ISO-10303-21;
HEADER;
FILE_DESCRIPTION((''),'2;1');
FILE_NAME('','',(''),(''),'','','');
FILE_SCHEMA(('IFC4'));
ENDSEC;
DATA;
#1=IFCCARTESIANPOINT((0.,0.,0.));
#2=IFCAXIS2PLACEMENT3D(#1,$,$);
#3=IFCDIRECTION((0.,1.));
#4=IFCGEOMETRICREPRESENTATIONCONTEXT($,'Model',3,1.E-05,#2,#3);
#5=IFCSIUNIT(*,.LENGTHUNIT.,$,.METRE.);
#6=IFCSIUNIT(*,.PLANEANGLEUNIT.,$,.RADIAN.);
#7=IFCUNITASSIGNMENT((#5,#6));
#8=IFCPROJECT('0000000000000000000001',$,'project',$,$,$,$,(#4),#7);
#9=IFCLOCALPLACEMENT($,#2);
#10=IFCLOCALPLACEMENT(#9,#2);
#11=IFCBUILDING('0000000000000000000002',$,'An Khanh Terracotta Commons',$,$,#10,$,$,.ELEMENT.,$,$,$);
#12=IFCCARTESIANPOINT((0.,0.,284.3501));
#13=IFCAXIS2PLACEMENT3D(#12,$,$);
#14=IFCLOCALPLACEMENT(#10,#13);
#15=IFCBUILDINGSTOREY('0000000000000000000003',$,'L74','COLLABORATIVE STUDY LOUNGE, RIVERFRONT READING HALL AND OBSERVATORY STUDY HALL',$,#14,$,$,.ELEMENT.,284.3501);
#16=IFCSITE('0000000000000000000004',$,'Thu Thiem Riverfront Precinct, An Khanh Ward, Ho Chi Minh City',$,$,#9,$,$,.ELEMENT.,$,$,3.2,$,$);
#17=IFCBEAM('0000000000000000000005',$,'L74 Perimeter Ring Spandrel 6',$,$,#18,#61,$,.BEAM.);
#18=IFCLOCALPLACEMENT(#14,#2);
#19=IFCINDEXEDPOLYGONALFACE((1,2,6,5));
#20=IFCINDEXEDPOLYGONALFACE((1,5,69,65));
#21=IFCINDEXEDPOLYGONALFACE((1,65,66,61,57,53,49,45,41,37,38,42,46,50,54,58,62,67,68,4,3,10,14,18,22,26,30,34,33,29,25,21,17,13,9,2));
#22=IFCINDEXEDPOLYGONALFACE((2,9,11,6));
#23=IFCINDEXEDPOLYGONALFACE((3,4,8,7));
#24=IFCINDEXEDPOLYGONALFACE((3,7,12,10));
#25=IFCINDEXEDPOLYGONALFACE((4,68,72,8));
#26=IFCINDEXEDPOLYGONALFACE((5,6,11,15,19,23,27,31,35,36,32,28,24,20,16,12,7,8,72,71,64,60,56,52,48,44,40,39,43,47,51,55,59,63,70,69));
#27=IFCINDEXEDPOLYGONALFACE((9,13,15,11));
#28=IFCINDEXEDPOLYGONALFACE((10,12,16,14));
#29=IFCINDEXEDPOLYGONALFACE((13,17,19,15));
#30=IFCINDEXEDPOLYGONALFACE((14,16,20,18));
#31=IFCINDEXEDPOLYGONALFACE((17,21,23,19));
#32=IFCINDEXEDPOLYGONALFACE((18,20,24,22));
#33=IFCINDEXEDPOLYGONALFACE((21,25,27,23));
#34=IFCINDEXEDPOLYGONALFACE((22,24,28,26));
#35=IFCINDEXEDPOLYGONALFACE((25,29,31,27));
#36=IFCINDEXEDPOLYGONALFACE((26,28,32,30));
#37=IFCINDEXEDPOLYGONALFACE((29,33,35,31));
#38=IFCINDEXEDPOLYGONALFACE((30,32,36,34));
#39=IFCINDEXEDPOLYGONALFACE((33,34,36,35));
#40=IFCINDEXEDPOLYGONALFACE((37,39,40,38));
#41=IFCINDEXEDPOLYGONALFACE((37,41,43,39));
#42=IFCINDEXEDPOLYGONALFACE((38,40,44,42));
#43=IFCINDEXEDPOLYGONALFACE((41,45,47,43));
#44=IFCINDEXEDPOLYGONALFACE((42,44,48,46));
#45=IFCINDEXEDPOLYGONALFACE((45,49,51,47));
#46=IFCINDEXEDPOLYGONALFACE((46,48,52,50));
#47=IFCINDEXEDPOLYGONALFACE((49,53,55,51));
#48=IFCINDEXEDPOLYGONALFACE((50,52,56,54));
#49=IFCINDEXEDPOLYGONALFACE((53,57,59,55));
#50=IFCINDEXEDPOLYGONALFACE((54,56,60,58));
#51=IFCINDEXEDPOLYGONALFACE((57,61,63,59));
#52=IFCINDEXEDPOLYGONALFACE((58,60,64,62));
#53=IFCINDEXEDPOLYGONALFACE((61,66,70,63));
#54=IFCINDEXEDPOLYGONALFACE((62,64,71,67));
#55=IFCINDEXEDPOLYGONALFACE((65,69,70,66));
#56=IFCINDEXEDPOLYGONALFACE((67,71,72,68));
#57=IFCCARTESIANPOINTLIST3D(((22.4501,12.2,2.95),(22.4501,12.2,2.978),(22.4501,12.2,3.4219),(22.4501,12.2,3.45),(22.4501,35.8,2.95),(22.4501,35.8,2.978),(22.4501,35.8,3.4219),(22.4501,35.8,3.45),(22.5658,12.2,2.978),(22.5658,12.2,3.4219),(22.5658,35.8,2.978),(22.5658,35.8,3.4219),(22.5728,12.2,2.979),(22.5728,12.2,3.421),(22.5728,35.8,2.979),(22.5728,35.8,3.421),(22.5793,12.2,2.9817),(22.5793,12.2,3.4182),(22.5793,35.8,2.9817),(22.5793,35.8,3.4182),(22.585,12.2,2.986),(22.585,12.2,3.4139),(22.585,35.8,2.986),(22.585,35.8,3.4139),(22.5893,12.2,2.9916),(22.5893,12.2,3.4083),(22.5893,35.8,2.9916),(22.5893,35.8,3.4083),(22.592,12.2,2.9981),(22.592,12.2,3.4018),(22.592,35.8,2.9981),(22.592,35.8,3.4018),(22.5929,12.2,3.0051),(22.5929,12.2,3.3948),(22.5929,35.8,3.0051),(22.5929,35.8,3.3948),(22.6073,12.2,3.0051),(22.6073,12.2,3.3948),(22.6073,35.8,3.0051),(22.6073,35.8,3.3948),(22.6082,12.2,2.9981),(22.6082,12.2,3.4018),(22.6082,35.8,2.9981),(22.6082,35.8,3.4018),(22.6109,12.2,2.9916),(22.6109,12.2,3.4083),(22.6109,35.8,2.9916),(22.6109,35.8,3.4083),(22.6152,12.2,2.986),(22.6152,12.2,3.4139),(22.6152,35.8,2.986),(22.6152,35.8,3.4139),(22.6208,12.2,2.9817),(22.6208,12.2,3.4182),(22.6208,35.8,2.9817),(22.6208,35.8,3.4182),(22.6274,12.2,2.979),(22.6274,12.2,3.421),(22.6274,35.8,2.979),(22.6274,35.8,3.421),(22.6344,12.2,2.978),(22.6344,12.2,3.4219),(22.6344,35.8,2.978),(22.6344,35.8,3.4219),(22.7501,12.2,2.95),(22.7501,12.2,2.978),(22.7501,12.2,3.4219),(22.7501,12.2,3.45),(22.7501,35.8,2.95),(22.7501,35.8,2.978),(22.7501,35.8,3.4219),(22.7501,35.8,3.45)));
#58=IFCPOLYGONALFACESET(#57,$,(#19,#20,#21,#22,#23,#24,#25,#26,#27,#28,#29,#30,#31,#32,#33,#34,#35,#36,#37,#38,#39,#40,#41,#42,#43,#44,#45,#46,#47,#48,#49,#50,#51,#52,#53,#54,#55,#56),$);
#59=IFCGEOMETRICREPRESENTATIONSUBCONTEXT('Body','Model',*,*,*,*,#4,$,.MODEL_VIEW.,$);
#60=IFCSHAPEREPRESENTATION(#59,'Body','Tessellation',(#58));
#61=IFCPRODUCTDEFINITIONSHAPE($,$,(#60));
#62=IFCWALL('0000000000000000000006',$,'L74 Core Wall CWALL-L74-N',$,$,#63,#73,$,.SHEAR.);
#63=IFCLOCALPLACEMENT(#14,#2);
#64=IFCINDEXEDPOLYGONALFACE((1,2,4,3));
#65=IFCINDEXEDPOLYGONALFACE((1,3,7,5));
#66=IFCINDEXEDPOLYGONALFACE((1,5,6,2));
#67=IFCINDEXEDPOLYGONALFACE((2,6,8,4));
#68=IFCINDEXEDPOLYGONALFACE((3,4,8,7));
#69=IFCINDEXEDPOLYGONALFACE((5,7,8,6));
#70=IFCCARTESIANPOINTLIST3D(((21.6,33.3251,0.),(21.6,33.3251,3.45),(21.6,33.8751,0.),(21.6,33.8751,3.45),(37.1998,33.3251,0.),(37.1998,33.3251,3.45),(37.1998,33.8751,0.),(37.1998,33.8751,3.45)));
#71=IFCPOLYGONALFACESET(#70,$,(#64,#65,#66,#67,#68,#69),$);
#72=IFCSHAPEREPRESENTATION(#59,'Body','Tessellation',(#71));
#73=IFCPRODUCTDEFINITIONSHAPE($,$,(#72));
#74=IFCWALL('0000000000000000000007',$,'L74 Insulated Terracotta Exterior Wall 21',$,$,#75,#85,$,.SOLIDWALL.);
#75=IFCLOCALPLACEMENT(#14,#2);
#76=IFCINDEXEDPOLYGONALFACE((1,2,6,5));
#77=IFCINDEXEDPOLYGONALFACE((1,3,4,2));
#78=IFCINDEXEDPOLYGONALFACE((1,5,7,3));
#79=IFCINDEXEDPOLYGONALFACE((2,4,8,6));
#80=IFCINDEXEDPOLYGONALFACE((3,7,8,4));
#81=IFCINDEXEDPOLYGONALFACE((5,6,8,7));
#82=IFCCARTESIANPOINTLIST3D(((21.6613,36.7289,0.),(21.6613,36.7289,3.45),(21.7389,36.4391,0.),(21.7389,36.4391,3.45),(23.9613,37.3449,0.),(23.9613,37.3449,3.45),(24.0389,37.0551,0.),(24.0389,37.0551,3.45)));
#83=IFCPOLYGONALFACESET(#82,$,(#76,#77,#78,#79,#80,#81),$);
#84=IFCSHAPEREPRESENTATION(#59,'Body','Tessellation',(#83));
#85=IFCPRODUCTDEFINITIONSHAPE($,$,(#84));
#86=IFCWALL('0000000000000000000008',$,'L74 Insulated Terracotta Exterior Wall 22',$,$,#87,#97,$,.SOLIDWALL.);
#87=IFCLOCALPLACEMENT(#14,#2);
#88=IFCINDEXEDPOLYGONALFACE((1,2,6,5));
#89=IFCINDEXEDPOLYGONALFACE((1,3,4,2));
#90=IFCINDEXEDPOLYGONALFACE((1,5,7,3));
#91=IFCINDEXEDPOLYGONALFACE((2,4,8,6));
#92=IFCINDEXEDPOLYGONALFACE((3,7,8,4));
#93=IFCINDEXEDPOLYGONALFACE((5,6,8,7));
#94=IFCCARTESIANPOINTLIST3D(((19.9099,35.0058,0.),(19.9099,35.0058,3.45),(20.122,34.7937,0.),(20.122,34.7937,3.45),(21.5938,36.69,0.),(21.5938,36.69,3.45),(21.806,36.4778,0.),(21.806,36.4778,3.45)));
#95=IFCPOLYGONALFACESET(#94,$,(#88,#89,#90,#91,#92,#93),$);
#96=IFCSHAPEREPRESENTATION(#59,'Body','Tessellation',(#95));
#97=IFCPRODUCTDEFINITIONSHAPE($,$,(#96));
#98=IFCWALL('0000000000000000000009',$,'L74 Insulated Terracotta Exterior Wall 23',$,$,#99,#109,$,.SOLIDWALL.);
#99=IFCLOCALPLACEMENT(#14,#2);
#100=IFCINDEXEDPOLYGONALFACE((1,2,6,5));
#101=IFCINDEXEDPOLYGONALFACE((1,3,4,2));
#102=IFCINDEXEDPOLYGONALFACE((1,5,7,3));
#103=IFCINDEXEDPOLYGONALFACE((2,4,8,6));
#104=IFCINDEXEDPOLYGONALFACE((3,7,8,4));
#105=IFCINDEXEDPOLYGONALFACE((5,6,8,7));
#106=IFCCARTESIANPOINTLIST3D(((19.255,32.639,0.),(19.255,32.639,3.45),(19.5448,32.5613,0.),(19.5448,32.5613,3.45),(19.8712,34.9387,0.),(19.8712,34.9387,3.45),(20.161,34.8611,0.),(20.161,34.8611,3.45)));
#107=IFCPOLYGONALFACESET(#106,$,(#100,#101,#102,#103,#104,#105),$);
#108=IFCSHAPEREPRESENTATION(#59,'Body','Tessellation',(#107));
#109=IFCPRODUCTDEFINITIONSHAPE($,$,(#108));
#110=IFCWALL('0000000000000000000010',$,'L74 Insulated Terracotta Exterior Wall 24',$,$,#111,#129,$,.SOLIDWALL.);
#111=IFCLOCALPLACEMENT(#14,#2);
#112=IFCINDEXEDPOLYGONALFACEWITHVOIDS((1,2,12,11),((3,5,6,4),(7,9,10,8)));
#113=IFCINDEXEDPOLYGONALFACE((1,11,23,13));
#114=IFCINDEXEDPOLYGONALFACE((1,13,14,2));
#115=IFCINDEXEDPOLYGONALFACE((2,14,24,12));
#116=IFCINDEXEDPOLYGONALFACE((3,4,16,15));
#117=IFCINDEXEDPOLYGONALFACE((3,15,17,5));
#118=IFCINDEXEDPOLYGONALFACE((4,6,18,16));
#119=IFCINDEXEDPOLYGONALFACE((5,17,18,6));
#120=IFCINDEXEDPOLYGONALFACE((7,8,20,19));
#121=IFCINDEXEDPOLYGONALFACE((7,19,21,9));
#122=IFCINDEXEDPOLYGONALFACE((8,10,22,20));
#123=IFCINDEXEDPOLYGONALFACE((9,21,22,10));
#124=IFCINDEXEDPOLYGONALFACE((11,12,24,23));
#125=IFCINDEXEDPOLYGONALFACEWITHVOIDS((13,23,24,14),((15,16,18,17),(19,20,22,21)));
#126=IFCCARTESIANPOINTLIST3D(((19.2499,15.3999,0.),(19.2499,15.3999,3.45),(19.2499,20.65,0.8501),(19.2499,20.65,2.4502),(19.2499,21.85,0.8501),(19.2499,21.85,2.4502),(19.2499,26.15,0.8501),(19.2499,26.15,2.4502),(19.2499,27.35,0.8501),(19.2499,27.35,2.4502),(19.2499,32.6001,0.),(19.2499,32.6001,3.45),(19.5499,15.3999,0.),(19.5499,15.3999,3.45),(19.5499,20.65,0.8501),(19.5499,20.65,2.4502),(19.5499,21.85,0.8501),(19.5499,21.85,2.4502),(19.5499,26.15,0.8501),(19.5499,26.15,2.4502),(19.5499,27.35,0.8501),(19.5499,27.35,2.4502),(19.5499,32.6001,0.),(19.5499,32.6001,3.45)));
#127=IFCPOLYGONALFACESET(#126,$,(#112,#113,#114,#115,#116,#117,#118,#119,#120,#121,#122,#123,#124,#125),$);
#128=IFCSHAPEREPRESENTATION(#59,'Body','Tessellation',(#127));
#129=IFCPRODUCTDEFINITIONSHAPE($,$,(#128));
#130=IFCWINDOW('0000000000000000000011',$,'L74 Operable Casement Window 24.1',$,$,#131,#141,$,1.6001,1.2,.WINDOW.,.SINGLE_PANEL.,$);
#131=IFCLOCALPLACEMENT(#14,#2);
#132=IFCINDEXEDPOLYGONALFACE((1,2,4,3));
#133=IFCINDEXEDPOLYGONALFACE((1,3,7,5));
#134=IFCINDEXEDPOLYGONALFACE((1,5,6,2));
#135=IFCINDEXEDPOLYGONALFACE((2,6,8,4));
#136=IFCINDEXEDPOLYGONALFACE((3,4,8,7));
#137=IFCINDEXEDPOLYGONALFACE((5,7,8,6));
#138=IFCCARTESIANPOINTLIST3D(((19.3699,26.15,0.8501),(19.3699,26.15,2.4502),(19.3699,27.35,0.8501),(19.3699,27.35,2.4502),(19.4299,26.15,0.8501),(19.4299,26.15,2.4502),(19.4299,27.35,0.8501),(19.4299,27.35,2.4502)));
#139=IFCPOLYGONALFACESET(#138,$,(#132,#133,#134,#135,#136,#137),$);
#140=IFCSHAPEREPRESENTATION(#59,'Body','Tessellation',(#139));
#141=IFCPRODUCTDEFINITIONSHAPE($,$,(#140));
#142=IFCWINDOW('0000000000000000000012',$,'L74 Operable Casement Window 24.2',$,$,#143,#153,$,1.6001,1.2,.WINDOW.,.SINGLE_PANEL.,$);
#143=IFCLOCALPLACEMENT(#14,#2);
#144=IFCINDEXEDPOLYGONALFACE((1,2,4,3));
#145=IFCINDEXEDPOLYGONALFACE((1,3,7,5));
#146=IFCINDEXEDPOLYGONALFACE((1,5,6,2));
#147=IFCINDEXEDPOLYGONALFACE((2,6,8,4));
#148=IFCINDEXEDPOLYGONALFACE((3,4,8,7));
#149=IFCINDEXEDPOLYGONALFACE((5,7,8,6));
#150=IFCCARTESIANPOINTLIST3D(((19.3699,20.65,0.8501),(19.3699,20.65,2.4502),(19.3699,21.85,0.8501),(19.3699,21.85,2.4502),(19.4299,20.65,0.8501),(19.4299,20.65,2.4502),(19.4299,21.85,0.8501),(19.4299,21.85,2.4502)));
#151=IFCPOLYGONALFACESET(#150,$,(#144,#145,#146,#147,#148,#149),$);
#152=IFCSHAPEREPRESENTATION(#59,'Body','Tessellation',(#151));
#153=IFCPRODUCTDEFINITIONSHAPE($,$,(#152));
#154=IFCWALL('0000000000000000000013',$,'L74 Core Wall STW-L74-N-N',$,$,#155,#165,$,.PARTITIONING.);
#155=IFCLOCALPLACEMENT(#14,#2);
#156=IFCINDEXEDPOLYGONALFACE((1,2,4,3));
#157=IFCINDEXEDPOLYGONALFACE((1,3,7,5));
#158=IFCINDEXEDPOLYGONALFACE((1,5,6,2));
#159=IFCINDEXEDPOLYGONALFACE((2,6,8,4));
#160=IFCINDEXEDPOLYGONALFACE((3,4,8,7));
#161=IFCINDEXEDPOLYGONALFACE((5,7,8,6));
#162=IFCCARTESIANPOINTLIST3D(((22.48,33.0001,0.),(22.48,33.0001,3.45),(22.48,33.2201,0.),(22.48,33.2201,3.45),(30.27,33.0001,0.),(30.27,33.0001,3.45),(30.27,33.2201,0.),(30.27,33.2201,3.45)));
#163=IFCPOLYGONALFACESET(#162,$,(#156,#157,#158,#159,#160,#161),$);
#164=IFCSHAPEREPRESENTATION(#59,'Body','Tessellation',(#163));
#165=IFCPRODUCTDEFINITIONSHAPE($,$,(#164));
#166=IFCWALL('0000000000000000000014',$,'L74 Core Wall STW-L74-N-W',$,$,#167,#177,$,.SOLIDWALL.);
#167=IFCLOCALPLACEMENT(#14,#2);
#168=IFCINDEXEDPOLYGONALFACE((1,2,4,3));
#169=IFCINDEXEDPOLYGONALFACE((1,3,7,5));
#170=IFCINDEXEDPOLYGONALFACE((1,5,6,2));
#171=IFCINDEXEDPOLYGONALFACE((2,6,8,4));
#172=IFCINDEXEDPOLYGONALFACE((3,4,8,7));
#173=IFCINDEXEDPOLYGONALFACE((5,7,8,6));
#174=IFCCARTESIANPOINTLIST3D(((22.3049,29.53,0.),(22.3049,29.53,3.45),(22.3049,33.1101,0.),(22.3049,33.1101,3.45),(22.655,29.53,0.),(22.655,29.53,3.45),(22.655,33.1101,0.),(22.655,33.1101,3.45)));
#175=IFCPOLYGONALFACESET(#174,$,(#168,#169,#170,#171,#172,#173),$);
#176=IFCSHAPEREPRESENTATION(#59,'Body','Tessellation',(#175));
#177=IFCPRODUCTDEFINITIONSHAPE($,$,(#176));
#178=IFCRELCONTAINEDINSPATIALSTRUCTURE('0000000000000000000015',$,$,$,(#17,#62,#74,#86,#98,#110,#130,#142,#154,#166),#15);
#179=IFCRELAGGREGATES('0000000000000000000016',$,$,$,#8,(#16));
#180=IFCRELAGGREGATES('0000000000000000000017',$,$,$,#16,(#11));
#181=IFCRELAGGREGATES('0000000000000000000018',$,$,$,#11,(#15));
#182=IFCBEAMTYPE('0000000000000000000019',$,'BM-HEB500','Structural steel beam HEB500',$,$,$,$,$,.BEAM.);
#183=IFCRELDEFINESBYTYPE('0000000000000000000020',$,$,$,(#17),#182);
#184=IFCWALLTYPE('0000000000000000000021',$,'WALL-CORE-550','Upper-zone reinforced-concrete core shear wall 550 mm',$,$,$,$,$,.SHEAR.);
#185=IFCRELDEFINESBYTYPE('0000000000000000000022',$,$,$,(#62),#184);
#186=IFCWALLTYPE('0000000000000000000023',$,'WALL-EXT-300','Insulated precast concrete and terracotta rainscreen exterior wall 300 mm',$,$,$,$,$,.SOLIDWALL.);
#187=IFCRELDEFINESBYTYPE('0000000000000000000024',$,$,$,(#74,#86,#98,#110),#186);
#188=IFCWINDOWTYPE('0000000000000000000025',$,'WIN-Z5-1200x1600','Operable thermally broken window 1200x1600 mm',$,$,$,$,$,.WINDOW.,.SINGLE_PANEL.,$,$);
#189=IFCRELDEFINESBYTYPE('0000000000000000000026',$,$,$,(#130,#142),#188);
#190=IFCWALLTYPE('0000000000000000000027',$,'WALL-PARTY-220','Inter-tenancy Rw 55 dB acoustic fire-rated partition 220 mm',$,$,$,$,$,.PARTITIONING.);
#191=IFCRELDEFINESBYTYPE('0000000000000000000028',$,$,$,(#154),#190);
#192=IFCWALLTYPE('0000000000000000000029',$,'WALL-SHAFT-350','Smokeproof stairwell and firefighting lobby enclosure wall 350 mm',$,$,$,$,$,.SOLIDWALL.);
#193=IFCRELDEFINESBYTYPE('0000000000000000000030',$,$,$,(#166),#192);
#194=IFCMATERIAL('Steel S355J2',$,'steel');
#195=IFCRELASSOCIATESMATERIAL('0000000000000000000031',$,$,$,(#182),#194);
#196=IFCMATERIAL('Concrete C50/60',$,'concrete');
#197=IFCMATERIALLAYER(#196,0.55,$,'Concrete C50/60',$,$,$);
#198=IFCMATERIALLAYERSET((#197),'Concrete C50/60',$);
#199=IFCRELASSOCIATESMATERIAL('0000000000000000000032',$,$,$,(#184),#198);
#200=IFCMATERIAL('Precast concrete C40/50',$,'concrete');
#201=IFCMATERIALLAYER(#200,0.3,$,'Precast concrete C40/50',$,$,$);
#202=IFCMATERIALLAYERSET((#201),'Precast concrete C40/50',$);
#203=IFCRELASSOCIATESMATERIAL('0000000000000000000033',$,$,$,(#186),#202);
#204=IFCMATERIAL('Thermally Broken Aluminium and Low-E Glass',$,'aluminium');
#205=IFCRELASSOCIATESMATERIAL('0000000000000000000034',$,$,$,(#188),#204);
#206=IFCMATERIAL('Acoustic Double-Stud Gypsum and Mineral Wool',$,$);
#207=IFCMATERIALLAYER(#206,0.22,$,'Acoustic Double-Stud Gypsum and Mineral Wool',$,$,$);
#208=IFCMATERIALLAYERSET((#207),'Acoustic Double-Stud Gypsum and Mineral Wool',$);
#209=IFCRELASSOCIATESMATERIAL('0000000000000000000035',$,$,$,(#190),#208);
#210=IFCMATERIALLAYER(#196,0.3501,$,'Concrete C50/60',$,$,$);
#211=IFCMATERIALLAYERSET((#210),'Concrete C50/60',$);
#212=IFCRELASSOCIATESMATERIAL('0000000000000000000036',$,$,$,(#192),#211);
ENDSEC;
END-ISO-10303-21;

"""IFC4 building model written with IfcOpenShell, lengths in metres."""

from ifc_helpers import new_model, si_unit, direction, frame, frame_2d, origin, origin_2d, place, context, subcontext, project, spatial, rectangle, i_section, extrude, material, layer, layer_set, material_profile, profile_set, type_object, element, fill, save


model = new_model("IFC4")

# Units and contexts
model_context = context("Model", 3, precision=1e-05, world=origin(), true_north=direction((0.0, 1.0)))
body_context = subcontext(model_context, "Body", "Model", "MODEL_VIEW")
ifc_project = project(units=[si_unit("LENGTHUNIT", "METRE"), si_unit("PLANEANGLEUNIT", "RADIAN")], contexts=[model_context])

# Site, building, storey
site_placement = place(None, origin())
site = spatial("IfcSite", under=ifc_project, at=site_placement, Name="Thu Thiem Riverfront Precinct, An Khanh Ward, Ho Chi Minh City", CompositionType="ELEMENT", RefElevation=3.2)
building_placement = place(site_placement, origin())
building = spatial("IfcBuilding", under=site, at=building_placement, Name="An Khanh Terracotta Commons", CompositionType="ELEMENT")
storey_placement = place(building_placement, frame((0.0, 0.0, 284.3501)))
storey = spatial("IfcBuildingStorey", under=building, at=storey_placement, Name="L74", Description="COLLABORATIVE STUDY LOUNGE, RIVERFRONT READING HALL AND OBSERVATORY STUDY HALL", CompositionType="ELEMENT", Elevation=284.3501)

# Shared definitions
ifc_material_1 = material(Name="Concrete C50/60", Category="concrete")

# Beam
ifc_material_2 = material(Name="Steel S355J2", Category="steel")
ifc_material_profile_1 = material_profile(ifc_material_2, i_section(OverallWidth=0.3, OverallDepth=0.5, WebThickness=0.0144, FlangeThickness=0.0281, FilletRadius=0.0271, at=origin_2d()), Name="HEB500")
ifc_profile_set_1 = profile_set([ifc_material_profile_1], Name="Steel S355J2")
beam_type_1 = type_object("IfcBeamType", Name="BM-HEB500", Description="Structural steel beam HEB500", PredefinedType="BEAM", material=ifc_profile_set_1)
beam_1_placement = place(storey_placement, frame((22.6001, 35.8, 3.2), z_axis=(0.0, -1.0, 0.0), x_axis=(1.0, 0.0, 0.0)))
element("IfcBeam", 1, at=beam_1_placement, inside=storey, type_object=beam_type_1, Name="L74 Perimeter Ring Spandrel 6", PredefinedType="BEAM", context=body_context, shape_type="SweptSolid", body=[
    extrude(i_section(OverallWidth=0.3, OverallDepth=0.5, WebThickness=0.0144, FlangeThickness=0.0281, FilletRadius=0.0271, at=origin_2d()), origin(), (0.0, 0.0, 1.0), 23.6001),
])

# Walls
ifc_layer_1 = layer(ifc_material_1, 0.55, Name="Concrete C50/60")
ifc_layer_set_1 = layer_set([ifc_layer_1], Name="Concrete C50/60")
wall_type_1 = type_object("IfcWallType", Name="WALL-CORE-550", Description="Upper-zone reinforced-concrete core shear wall 550 mm", PredefinedType="SHEAR", material=ifc_layer_set_1)
wall_1_placement = place(storey_placement, frame((21.6001, 33.6001, 0.0), z_axis=(0.0, 0.0, 1.0), x_axis=(1.0, 0.0, 0.0)))
element("IfcWall", 2, at=wall_1_placement, inside=storey, type_object=wall_type_1, Name="L74 Core Wall CWALL-L74-N", PredefinedType="SHEAR", context=body_context, shape_type="SweptSolid", body=[
    extrude(rectangle(XDim=15.5999, YDim=0.55, at=frame_2d((7.7998, 0.0))), origin(), (0.0, 0.0, 1.0), 3.45),
])
ifc_material_3 = material(Name="Precast concrete C40/50", Category="concrete")
ifc_layer_2 = layer(ifc_material_3, 0.3, Name="Precast concrete C40/50")
ifc_layer_set_2 = layer_set([ifc_layer_2], Name="Precast concrete C40/50")
wall_type_2 = type_object("IfcWallType", Name="WALL-EXT-300", Description="Insulated precast concrete and terracotta rainscreen exterior wall 300 mm", PredefinedType="SOLIDWALL", material=ifc_layer_set_2)
wall_2_placement = place(storey_placement, frame((24.0, 37.2, 0.0), z_axis=(0.0, 0.0, 1.0), x_axis=(-0.96596, -0.25869, 0.0)))
element("IfcWall", 3, at=wall_2_placement, inside=storey, type_object=wall_type_2, Name="L74 Insulated Terracotta Exterior Wall 21", PredefinedType="SOLIDWALL", context=body_context, shape_type="SweptSolid", body=[
    extrude(rectangle(XDim=2.3811, YDim=0.3, at=frame_2d((1.1904, 0.0))), origin(), (0.0, 0.0, 1.0), 3.45),
])
wall_3_placement = place(storey_placement, frame((21.7, 36.584, 0.0), z_axis=(0.0, 0.0, 1.0), x_axis=(-0.707056, -0.707158, 0.0)))
element("IfcWall", 4, at=wall_3_placement, inside=storey, type_object=wall_type_2, Name="L74 Insulated Terracotta Exterior Wall 22", PredefinedType="SOLIDWALL", context=body_context, shape_type="SweptSolid", body=[
    extrude(rectangle(XDim=2.3816, YDim=0.3, at=frame_2d((1.1909, 0.0))), origin(), (0.0, 0.0, 1.0), 3.45),
])
wall_4_placement = place(storey_placement, frame((20.0161, 34.8999, 0.0), z_axis=(0.0, 0.0, 1.0), x_axis=(-0.258811, -0.965928, 0.0)))
element("IfcWall", 5, at=wall_4_placement, inside=storey, type_object=wall_type_2, Name="L74 Insulated Terracotta Exterior Wall 23", PredefinedType="SOLIDWALL", context=body_context, shape_type="SweptSolid", body=[
    extrude(rectangle(XDim=2.3809, YDim=0.3, at=frame_2d((1.1904, 0.0))), origin(), (0.0, 0.0, 1.0), 3.45),
])

# Wall, openings, windows
wall_5_placement = place(storey_placement, frame((19.3999, 32.6001, 0.0), z_axis=(0.0, 0.0, 1.0), x_axis=(0.0, -1.0, 0.0)))
wall_5 = element("IfcWall", 6, at=wall_5_placement, inside=storey, type_object=wall_type_2, Name="L74 Insulated Terracotta Exterior Wall 24", PredefinedType="SOLIDWALL", context=body_context, shape_type="SweptSolid", body=[
    extrude(rectangle(XDim=17.2002, YDim=0.3, at=frame_2d((8.6001, 0.0))), origin(), (0.0, 0.0, 1.0), 3.45),
])
opening_1_placement = place(wall_5_placement, frame((5.25, 0.0, 0.8501)))
opening_1 = element("IfcOpeningElement", 7, at=opening_1_placement, cuts=wall_5, PredefinedType="OPENING", context=body_context, shape_type="SweptSolid", body=[
    extrude(rectangle(XDim=1.2, YDim=1.6001, at=frame_2d((0.6001, 0.8))), frame((0.0, 0.1599, 0.0), z_axis=(0.0, -1.0, 0.0), x_axis=(1.0, 0.0, 0.0)), (0.0, 0.0, 1.0), 0.3201),
])
opening_2_placement = place(wall_5_placement, frame((10.75, 0.0, 0.8501)))
opening_2 = element("IfcOpeningElement", 8, at=opening_2_placement, cuts=wall_5, PredefinedType="OPENING", context=body_context, shape_type="SweptSolid", body=[
    extrude(rectangle(XDim=1.2, YDim=1.6001, at=frame_2d((0.6001, 0.8))), frame((0.0, 0.1599, 0.0), z_axis=(0.0, -1.0, 0.0), x_axis=(1.0, 0.0, 0.0)), (0.0, 0.0, 1.0), 0.3201),
])
ifc_material_4 = material(Name="Thermally Broken Aluminium and Low-E Glass", Category="aluminium")
window_type = type_object("IfcWindowType", Name="WIN-Z5-1200x1600", Description="Operable thermally broken window 1200x1600 mm", PartitioningType="SINGLE_PANEL", PredefinedType="WINDOW", material=ifc_material_4)
window_1_placement = place(opening_1_placement, origin())
window_1 = element("IfcWindow", 9, at=window_1_placement, inside=storey, type_object=window_type, Name="L74 Operable Casement Window 24.1", OverallHeight=1.6001, OverallWidth=1.2, PartitioningType="SINGLE_PANEL", PredefinedType="WINDOW", context=body_context, shape_type="SweptSolid", body=[
    extrude(rectangle(XDim=1.2, YDim=1.6001, at=frame_2d((0.6001, 0.8))), frame((0.0, 0.03, 0.0), z_axis=(0.0, -1.0, 0.0), x_axis=(1.0, 0.0, 0.0)), (0.0, 0.0, 1.0), 0.0601),
])
fill(opening_1, window_1)
window_2_placement = place(opening_2_placement, origin())
window_2 = element("IfcWindow", 10, at=window_2_placement, inside=storey, type_object=window_type, Name="L74 Operable Casement Window 24.2", OverallHeight=1.6001, OverallWidth=1.2, PartitioningType="SINGLE_PANEL", PredefinedType="WINDOW", context=body_context, shape_type="SweptSolid", body=[
    extrude(rectangle(XDim=1.2, YDim=1.6001, at=frame_2d((0.6001, 0.8))), frame((0.0, 0.03, 0.0), z_axis=(0.0, -1.0, 0.0), x_axis=(1.0, 0.0, 0.0)), (0.0, 0.0, 1.0), 0.0601),
])
fill(opening_2, window_2)

# Walls
ifc_material_5 = material(Name="Acoustic Double-Stud Gypsum and Mineral Wool")
ifc_layer_3 = layer(ifc_material_5, 0.22, Name="Acoustic Double-Stud Gypsum and Mineral Wool")
ifc_layer_set_3 = layer_set([ifc_layer_3], Name="Acoustic Double-Stud Gypsum and Mineral Wool")
wall_type_3 = type_object("IfcWallType", Name="WALL-PARTY-220", Description="Inter-tenancy Rw 55 dB acoustic fire-rated partition 220 mm", PredefinedType="PARTITIONING", material=ifc_layer_set_3)
wall_6_placement = place(storey_placement, frame((22.48, 33.1101, 0.0), z_axis=(0.0, 0.0, 1.0), x_axis=(1.0, 0.0, 0.0)))
element("IfcWall", 11, at=wall_6_placement, inside=storey, type_object=wall_type_3, Name="L74 Core Wall STW-L74-N-N", PredefinedType="PARTITIONING", context=body_context, shape_type="SweptSolid", body=[
    extrude(rectangle(XDim=7.79, YDim=0.22, at=frame_2d((3.895, 0.0))), origin(), (0.0, 0.0, 1.0), 3.45),
])
ifc_layer_4 = layer(ifc_material_1, 0.3501, Name="Concrete C50/60")
ifc_layer_set_4 = layer_set([ifc_layer_4], Name="Concrete C50/60")
wall_type_4 = type_object("IfcWallType", Name="WALL-SHAFT-350", Description="Smokeproof stairwell and firefighting lobby enclosure wall 350 mm", PredefinedType="SOLIDWALL", material=ifc_layer_set_4)
wall_7_placement = place(storey_placement, frame((22.48, 29.53, 0.0), z_axis=(0.0, 0.0, 1.0), x_axis=(0.0, 1.0, 0.0)))
element("IfcWall", 12, at=wall_7_placement, inside=storey, type_object=wall_type_4, Name="L74 Core Wall STW-L74-N-W", PredefinedType="SOLIDWALL", context=body_context, shape_type="SweptSolid", body=[
    extrude(rectangle(XDim=3.5801, YDim=0.3501, at=frame_2d((1.79, 0.0))), origin(), (0.0, 0.0, 1.0), 3.45),
])

save(model, "model.ifc")
